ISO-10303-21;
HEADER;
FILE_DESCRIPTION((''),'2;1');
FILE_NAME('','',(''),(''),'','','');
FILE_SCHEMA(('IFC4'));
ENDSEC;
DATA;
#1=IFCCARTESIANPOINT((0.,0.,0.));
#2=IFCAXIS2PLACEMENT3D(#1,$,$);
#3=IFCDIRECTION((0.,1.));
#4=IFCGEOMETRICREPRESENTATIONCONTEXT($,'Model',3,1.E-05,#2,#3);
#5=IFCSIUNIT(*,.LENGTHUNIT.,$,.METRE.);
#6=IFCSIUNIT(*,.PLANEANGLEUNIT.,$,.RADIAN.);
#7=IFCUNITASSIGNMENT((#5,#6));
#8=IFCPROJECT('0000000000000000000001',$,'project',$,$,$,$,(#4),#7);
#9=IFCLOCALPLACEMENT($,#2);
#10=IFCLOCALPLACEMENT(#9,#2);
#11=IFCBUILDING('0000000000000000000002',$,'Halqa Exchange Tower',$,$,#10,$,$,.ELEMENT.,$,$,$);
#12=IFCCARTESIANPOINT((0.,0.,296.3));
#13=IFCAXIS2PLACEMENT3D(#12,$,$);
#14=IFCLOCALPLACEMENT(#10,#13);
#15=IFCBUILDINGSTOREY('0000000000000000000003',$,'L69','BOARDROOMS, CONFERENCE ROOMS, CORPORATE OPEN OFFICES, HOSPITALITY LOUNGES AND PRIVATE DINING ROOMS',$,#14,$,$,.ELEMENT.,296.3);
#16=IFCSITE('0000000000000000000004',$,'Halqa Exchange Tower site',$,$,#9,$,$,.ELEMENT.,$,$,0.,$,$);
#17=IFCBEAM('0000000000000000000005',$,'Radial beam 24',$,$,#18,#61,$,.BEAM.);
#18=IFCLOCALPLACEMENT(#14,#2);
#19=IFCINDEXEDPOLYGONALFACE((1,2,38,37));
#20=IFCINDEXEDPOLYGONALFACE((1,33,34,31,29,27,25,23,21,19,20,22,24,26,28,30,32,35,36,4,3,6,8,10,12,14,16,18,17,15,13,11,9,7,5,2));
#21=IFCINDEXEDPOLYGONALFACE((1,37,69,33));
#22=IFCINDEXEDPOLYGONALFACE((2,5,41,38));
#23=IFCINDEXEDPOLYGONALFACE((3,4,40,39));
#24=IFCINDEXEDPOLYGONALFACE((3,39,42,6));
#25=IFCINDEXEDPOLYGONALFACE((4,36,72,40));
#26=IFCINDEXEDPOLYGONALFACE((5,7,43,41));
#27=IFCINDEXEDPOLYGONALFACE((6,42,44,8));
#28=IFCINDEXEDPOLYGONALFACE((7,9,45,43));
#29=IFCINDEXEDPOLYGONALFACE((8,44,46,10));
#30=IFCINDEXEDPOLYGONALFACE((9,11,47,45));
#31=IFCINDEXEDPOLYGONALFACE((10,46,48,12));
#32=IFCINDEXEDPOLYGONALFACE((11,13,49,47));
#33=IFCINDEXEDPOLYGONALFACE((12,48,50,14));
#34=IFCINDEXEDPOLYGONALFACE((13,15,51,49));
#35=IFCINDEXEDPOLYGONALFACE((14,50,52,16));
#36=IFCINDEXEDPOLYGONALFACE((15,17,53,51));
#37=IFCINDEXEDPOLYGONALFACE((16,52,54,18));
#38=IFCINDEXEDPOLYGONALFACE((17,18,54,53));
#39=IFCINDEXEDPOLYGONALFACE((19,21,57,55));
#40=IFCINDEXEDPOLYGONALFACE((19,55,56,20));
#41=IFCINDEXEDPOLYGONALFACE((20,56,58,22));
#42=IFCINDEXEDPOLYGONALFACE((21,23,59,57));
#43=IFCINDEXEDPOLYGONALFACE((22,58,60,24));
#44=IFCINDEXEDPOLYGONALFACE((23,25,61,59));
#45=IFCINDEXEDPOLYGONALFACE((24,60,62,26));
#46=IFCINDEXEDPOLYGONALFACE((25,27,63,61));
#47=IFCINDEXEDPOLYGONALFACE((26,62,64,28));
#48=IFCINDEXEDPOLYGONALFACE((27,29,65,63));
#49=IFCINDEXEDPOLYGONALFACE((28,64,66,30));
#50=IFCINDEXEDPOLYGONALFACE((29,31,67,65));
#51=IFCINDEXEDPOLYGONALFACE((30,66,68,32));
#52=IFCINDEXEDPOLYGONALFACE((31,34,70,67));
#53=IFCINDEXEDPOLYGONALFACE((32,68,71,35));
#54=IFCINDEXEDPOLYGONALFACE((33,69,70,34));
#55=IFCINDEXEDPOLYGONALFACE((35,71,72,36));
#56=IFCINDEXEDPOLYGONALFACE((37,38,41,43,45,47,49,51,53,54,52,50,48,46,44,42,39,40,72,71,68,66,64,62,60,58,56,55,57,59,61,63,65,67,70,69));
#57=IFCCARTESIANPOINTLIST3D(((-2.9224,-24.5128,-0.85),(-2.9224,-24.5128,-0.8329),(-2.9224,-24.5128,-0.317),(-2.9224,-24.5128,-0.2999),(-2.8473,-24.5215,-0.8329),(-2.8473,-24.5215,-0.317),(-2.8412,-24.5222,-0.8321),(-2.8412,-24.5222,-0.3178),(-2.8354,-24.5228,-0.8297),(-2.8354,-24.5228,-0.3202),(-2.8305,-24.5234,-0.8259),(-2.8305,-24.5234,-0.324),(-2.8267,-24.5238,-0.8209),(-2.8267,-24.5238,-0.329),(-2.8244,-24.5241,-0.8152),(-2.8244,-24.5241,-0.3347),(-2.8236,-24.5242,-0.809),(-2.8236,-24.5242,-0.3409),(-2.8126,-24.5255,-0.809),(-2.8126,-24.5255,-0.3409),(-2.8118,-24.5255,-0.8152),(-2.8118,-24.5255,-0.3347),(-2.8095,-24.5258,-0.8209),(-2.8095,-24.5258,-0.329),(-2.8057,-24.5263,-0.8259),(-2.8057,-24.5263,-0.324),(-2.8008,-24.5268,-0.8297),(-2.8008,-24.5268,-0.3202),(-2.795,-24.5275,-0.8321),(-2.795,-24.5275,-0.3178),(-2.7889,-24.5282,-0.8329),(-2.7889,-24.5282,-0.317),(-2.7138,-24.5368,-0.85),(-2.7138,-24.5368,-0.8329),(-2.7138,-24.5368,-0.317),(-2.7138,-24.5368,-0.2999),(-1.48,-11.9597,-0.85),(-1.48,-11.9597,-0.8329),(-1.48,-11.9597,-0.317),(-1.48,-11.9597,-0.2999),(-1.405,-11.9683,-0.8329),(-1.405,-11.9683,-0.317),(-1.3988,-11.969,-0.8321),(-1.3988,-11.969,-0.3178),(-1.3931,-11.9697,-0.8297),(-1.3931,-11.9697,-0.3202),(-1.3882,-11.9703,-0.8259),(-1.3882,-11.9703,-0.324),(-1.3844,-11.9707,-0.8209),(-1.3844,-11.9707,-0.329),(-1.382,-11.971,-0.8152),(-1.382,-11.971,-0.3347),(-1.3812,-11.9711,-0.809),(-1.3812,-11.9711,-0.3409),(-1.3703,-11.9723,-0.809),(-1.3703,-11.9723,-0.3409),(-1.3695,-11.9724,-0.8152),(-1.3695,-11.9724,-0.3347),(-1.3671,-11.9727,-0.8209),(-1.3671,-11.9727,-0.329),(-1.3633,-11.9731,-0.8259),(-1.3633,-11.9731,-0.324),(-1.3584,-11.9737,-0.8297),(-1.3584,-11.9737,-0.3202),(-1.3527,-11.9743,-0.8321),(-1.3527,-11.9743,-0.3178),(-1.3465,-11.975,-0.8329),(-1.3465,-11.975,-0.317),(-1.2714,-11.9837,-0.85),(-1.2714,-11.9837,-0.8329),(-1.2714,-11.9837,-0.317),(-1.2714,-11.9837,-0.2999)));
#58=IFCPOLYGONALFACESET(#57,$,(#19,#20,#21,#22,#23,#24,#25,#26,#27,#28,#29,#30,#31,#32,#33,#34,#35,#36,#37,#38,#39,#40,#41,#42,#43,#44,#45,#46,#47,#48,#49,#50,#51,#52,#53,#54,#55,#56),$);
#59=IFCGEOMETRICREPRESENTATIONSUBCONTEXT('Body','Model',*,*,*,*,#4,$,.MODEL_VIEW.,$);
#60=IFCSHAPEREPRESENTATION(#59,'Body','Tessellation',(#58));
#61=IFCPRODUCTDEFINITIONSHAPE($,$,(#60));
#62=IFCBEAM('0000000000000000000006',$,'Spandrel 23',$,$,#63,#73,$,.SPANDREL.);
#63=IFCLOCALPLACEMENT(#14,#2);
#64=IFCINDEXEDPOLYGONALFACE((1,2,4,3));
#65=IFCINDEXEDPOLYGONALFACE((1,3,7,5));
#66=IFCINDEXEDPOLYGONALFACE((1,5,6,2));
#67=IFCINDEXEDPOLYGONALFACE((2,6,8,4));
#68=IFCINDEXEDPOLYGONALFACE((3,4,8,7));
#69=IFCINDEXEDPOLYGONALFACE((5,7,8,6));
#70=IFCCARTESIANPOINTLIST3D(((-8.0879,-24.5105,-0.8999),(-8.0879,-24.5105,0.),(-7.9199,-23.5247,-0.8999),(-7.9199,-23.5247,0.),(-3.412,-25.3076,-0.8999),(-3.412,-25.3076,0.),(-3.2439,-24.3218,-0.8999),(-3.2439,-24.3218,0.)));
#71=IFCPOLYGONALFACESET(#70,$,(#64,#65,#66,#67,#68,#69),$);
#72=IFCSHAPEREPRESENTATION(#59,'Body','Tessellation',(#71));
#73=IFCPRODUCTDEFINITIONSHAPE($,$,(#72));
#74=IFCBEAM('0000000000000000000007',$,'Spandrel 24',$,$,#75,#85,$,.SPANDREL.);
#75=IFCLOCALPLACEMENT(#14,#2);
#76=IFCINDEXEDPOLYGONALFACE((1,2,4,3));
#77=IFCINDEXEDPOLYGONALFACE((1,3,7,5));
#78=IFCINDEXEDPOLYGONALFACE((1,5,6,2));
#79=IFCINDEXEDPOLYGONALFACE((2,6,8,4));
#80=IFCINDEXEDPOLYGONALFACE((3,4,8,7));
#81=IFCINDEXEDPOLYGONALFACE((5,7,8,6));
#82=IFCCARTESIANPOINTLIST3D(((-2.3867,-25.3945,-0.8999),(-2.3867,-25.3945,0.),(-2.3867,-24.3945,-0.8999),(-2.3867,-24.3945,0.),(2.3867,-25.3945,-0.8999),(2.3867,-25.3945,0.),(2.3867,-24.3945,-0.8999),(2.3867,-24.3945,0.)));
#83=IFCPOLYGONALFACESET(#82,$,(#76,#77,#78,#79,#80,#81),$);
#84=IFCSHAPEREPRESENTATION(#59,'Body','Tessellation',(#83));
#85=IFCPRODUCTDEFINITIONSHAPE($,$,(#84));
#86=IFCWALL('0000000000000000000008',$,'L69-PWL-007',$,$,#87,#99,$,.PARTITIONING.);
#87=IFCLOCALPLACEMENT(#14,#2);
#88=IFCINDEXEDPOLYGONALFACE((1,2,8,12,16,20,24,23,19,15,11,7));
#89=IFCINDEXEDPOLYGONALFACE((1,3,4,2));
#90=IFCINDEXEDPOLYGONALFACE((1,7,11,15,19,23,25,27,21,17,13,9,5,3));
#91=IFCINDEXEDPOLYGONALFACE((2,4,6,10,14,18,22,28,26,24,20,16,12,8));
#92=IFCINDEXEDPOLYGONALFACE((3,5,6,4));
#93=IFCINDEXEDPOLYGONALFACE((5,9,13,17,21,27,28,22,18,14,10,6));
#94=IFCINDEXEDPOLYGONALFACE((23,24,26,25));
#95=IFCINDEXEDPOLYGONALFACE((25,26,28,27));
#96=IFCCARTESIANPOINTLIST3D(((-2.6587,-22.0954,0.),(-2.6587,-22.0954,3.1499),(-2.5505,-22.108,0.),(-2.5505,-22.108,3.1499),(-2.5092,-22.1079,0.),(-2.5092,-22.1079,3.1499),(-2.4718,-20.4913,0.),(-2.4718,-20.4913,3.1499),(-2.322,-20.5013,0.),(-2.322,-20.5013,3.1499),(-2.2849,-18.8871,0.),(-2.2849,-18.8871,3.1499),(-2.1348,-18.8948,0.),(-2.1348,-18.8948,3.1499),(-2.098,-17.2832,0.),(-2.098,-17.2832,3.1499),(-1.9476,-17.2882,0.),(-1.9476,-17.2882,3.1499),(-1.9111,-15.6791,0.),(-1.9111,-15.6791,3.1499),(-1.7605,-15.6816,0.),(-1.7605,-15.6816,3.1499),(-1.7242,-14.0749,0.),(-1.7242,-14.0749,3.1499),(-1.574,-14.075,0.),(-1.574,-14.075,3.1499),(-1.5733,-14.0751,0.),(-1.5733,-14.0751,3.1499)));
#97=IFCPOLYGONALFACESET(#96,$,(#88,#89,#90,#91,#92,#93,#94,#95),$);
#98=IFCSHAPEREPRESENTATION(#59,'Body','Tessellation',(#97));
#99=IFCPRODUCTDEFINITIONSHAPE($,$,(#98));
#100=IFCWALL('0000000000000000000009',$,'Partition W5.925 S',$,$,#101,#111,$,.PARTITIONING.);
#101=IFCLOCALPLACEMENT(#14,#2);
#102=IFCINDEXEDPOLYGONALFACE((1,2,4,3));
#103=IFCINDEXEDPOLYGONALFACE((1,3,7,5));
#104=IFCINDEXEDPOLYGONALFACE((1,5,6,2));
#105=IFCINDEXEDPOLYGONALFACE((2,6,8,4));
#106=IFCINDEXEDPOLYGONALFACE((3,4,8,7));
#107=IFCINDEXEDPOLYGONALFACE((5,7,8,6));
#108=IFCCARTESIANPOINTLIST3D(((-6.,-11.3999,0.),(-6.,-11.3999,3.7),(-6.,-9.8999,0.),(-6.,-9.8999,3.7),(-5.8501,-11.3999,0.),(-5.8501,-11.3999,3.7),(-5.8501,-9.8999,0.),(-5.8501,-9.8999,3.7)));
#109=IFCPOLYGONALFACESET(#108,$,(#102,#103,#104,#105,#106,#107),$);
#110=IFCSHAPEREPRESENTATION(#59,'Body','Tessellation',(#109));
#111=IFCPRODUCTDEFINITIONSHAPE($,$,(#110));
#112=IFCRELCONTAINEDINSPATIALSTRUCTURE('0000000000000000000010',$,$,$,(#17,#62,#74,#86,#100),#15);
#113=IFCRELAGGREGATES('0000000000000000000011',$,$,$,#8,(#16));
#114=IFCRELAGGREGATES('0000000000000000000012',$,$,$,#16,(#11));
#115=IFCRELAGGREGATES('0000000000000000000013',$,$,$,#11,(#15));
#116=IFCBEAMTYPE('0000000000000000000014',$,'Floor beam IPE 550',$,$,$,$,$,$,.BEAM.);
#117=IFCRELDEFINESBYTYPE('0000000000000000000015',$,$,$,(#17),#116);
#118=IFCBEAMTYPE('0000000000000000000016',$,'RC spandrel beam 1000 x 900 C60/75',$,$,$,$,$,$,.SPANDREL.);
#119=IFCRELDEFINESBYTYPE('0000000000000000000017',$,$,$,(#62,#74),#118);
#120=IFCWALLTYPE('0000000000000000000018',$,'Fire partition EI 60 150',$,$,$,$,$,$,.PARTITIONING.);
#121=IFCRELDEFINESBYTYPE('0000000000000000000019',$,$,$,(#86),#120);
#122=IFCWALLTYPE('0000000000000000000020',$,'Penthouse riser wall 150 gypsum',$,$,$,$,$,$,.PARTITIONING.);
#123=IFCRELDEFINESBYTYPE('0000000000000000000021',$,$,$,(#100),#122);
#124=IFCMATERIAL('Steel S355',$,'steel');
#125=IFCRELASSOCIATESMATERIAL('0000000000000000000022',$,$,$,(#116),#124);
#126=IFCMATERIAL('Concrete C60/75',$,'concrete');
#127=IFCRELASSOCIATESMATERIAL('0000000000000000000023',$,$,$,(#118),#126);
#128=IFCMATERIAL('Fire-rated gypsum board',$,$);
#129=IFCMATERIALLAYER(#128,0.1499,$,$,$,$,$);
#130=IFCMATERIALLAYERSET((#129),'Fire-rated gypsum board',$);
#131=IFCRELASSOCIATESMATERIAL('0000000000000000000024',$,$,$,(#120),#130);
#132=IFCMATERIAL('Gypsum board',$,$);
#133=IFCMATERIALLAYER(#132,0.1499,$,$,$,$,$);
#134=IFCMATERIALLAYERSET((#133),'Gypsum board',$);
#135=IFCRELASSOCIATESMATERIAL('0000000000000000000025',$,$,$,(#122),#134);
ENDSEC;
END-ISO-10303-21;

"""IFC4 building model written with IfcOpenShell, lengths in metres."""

from ifc_helpers import new_model, si_unit, direction, frame, frame_2d, origin, origin_2d, place, context, subcontext, project, spatial, polyline, rectangle, i_section, outline, extrude, material, layer, layer_set, material_profile, profile_set, type_object, element, save


model = new_model("IFC4")

# Units and contexts
model_context = context("Model", 3, precision=1e-05, world=origin(), true_north=direction((0.0, 1.0)))
body_context = subcontext(model_context, "Body", "Model", "MODEL_VIEW")
ifc_project = project(units=[si_unit("LENGTHUNIT", "METRE"), si_unit("PLANEANGLEUNIT", "RADIAN")], contexts=[model_context])

# Site, building, storey
site_placement = place(None, origin())
site = spatial("IfcSite", under=ifc_project, at=site_placement, Name="Halqa Exchange Tower site", CompositionType="ELEMENT", RefElevation=0.0)
building_placement = place(site_placement, origin())
building = spatial("IfcBuilding", under=site, at=building_placement, Name="Halqa Exchange Tower", CompositionType="ELEMENT")
storey_placement = place(building_placement, frame((0.0, 0.0, 296.3)))
storey = spatial("IfcBuildingStorey", under=building, at=storey_placement, Name="L69", Description="BOARDROOMS, CONFERENCE ROOMS, CORPORATE OPEN OFFICES, HOSPITALITY LOUNGES AND PRIVATE DINING ROOMS", CompositionType="ELEMENT", Elevation=296.3)

# Beams
ifc_material_1 = material(Name="Steel S355", Category="steel")
ifc_material_profile_1 = material_profile(ifc_material_1, i_section(OverallWidth=0.21, OverallDepth=0.55, WebThickness=0.011, FlangeThickness=0.0171, FilletRadius=0.0239, at=origin_2d()), Name="IPE 550")
ifc_profile_set_1 = profile_set([ifc_material_profile_1], Name="Steel S355")
beam_type_1 = type_object("IfcBeamType", Name="Floor beam IPE 550", PredefinedType="BEAM", material=ifc_profile_set_1)
beam_1_placement = place(storey_placement, frame((-1.3757, -11.9717, -0.575), z_axis=(-0.11415, -0.993463, 0.0), x_axis=(0.993463, -0.11415, 0.0)))
element("IfcBeam", 1, at=beam_1_placement, inside=storey, type_object=beam_type_1, Name="Radial beam 24", PredefinedType="BEAM", context=body_context, shape_type="SweptSolid", body=[
    extrude(i_section(OverallWidth=0.21, OverallDepth=0.55, WebThickness=0.011, FlangeThickness=0.0171, FilletRadius=0.0239, at=origin_2d()), origin(), (0.0, 0.0, 1.0), 12.6357),
])
ifc_material_2 = material(Name="Concrete C60/75", Category="concrete")
ifc_material_profile_2 = material_profile(ifc_material_2, rectangle(XDim=1.0, YDim=0.8999, at=origin_2d()), Name="1000 x 900")
ifc_profile_set_2 = profile_set([ifc_material_profile_2], Name="Concrete C60/75")
beam_type_2 = type_object("IfcBeamType", Name="RC spandrel beam 1000 x 900 C60/75", PredefinedType="SPANDREL", material=ifc_profile_set_2)
beam_2_placement = place(storey_placement, frame((-8.0039, -24.0176, -0.45), z_axis=(0.985779, -0.168045, 0.0), x_axis=(0.168045, 0.985779, 0.0)))
element("IfcBeam", 2, at=beam_2_placement, inside=storey, type_object=beam_type_2, Name="Spandrel 23", PredefinedType="SPANDREL", context=body_context, shape_type="SweptSolid", body=[
    extrude(rectangle(XDim=1.0, YDim=0.8999, at=origin_2d()), origin(), (0.0, 0.0, 1.0), 4.7434),
])
beam_3_placement = place(storey_placement, frame((-2.3867, -24.8945, -0.45), z_axis=(1.0, 0.0, 0.0), x_axis=(0.0, 1.0, 0.0)))
element("IfcBeam", 3, at=beam_3_placement, inside=storey, type_object=beam_type_2, Name="Spandrel 24", PredefinedType="SPANDREL", context=body_context, shape_type="SweptSolid", body=[
    extrude(rectangle(XDim=1.0, YDim=0.8999, at=origin_2d()), origin(), (0.0, 0.0, 1.0), 4.7734),
])

# Walls
ifc_material_3 = material(Name="Fire-rated gypsum board")
ifc_layer_1 = layer(ifc_material_3, 0.1499)
ifc_layer_set_1 = layer_set([ifc_layer_1], Name="Fire-rated gypsum board")
wall_type_1 = type_object("IfcWallType", Name="Fire partition EI 60 150", PredefinedType="PARTITIONING", material=ifc_layer_set_1)
wall_1_placement = place(storey_placement, frame((-1.6477, -14.0664, 0.0), z_axis=(0.0, 0.0, 1.0), x_axis=(-0.115735, -0.99328, 0.0)))
element("IfcWall", 4, at=wall_1_placement, inside=storey, type_object=wall_type_1, Name="L69-PWL-007", PredefinedType="PARTITIONING", context=body_context, shape_type="SweptSolid", body=[
    extrude(outline(polyline([(8.092, -0.075), (8.092, 0.0339), (8.0872, 0.075), (6.4697, 0.075), (4.8523, 0.075), (3.2349, 0.075), (1.6174, 0.075), (0.0, 0.075), (0.0, 0.0742), (0.0173, -0.075), (1.6323, -0.075), (3.2473, -0.075), (4.8621, -0.075), (6.4771, -0.075), (8.092, -0.075)])), origin(), (0.0, 0.0, 1.0), 3.1499),
])
ifc_material_4 = material(Name="Gypsum board")
ifc_layer_2 = layer(ifc_material_4, 0.1499)
ifc_layer_set_2 = layer_set([ifc_layer_2], Name="Gypsum board")
wall_type_2 = type_object("IfcWallType", Name="Penthouse riser wall 150 gypsum", PredefinedType="PARTITIONING", material=ifc_layer_set_2)
wall_2_placement = place(storey_placement, frame((-5.925, -11.3999, 0.0), z_axis=(0.0, 0.0, 1.0), x_axis=(0.0, 1.0, 0.0)))
element("IfcWall", 5, at=wall_2_placement, inside=storey, type_object=wall_type_2, Name="Partition W5.925 S", PredefinedType="PARTITIONING", context=body_context, shape_type="SweptSolid", body=[
    extrude(rectangle(XDim=1.5, YDim=0.1499, at=frame_2d((0.75, 0.0))), origin(), (0.0, 0.0, 1.0), 3.7),
])

save(model, "model.ifc")
